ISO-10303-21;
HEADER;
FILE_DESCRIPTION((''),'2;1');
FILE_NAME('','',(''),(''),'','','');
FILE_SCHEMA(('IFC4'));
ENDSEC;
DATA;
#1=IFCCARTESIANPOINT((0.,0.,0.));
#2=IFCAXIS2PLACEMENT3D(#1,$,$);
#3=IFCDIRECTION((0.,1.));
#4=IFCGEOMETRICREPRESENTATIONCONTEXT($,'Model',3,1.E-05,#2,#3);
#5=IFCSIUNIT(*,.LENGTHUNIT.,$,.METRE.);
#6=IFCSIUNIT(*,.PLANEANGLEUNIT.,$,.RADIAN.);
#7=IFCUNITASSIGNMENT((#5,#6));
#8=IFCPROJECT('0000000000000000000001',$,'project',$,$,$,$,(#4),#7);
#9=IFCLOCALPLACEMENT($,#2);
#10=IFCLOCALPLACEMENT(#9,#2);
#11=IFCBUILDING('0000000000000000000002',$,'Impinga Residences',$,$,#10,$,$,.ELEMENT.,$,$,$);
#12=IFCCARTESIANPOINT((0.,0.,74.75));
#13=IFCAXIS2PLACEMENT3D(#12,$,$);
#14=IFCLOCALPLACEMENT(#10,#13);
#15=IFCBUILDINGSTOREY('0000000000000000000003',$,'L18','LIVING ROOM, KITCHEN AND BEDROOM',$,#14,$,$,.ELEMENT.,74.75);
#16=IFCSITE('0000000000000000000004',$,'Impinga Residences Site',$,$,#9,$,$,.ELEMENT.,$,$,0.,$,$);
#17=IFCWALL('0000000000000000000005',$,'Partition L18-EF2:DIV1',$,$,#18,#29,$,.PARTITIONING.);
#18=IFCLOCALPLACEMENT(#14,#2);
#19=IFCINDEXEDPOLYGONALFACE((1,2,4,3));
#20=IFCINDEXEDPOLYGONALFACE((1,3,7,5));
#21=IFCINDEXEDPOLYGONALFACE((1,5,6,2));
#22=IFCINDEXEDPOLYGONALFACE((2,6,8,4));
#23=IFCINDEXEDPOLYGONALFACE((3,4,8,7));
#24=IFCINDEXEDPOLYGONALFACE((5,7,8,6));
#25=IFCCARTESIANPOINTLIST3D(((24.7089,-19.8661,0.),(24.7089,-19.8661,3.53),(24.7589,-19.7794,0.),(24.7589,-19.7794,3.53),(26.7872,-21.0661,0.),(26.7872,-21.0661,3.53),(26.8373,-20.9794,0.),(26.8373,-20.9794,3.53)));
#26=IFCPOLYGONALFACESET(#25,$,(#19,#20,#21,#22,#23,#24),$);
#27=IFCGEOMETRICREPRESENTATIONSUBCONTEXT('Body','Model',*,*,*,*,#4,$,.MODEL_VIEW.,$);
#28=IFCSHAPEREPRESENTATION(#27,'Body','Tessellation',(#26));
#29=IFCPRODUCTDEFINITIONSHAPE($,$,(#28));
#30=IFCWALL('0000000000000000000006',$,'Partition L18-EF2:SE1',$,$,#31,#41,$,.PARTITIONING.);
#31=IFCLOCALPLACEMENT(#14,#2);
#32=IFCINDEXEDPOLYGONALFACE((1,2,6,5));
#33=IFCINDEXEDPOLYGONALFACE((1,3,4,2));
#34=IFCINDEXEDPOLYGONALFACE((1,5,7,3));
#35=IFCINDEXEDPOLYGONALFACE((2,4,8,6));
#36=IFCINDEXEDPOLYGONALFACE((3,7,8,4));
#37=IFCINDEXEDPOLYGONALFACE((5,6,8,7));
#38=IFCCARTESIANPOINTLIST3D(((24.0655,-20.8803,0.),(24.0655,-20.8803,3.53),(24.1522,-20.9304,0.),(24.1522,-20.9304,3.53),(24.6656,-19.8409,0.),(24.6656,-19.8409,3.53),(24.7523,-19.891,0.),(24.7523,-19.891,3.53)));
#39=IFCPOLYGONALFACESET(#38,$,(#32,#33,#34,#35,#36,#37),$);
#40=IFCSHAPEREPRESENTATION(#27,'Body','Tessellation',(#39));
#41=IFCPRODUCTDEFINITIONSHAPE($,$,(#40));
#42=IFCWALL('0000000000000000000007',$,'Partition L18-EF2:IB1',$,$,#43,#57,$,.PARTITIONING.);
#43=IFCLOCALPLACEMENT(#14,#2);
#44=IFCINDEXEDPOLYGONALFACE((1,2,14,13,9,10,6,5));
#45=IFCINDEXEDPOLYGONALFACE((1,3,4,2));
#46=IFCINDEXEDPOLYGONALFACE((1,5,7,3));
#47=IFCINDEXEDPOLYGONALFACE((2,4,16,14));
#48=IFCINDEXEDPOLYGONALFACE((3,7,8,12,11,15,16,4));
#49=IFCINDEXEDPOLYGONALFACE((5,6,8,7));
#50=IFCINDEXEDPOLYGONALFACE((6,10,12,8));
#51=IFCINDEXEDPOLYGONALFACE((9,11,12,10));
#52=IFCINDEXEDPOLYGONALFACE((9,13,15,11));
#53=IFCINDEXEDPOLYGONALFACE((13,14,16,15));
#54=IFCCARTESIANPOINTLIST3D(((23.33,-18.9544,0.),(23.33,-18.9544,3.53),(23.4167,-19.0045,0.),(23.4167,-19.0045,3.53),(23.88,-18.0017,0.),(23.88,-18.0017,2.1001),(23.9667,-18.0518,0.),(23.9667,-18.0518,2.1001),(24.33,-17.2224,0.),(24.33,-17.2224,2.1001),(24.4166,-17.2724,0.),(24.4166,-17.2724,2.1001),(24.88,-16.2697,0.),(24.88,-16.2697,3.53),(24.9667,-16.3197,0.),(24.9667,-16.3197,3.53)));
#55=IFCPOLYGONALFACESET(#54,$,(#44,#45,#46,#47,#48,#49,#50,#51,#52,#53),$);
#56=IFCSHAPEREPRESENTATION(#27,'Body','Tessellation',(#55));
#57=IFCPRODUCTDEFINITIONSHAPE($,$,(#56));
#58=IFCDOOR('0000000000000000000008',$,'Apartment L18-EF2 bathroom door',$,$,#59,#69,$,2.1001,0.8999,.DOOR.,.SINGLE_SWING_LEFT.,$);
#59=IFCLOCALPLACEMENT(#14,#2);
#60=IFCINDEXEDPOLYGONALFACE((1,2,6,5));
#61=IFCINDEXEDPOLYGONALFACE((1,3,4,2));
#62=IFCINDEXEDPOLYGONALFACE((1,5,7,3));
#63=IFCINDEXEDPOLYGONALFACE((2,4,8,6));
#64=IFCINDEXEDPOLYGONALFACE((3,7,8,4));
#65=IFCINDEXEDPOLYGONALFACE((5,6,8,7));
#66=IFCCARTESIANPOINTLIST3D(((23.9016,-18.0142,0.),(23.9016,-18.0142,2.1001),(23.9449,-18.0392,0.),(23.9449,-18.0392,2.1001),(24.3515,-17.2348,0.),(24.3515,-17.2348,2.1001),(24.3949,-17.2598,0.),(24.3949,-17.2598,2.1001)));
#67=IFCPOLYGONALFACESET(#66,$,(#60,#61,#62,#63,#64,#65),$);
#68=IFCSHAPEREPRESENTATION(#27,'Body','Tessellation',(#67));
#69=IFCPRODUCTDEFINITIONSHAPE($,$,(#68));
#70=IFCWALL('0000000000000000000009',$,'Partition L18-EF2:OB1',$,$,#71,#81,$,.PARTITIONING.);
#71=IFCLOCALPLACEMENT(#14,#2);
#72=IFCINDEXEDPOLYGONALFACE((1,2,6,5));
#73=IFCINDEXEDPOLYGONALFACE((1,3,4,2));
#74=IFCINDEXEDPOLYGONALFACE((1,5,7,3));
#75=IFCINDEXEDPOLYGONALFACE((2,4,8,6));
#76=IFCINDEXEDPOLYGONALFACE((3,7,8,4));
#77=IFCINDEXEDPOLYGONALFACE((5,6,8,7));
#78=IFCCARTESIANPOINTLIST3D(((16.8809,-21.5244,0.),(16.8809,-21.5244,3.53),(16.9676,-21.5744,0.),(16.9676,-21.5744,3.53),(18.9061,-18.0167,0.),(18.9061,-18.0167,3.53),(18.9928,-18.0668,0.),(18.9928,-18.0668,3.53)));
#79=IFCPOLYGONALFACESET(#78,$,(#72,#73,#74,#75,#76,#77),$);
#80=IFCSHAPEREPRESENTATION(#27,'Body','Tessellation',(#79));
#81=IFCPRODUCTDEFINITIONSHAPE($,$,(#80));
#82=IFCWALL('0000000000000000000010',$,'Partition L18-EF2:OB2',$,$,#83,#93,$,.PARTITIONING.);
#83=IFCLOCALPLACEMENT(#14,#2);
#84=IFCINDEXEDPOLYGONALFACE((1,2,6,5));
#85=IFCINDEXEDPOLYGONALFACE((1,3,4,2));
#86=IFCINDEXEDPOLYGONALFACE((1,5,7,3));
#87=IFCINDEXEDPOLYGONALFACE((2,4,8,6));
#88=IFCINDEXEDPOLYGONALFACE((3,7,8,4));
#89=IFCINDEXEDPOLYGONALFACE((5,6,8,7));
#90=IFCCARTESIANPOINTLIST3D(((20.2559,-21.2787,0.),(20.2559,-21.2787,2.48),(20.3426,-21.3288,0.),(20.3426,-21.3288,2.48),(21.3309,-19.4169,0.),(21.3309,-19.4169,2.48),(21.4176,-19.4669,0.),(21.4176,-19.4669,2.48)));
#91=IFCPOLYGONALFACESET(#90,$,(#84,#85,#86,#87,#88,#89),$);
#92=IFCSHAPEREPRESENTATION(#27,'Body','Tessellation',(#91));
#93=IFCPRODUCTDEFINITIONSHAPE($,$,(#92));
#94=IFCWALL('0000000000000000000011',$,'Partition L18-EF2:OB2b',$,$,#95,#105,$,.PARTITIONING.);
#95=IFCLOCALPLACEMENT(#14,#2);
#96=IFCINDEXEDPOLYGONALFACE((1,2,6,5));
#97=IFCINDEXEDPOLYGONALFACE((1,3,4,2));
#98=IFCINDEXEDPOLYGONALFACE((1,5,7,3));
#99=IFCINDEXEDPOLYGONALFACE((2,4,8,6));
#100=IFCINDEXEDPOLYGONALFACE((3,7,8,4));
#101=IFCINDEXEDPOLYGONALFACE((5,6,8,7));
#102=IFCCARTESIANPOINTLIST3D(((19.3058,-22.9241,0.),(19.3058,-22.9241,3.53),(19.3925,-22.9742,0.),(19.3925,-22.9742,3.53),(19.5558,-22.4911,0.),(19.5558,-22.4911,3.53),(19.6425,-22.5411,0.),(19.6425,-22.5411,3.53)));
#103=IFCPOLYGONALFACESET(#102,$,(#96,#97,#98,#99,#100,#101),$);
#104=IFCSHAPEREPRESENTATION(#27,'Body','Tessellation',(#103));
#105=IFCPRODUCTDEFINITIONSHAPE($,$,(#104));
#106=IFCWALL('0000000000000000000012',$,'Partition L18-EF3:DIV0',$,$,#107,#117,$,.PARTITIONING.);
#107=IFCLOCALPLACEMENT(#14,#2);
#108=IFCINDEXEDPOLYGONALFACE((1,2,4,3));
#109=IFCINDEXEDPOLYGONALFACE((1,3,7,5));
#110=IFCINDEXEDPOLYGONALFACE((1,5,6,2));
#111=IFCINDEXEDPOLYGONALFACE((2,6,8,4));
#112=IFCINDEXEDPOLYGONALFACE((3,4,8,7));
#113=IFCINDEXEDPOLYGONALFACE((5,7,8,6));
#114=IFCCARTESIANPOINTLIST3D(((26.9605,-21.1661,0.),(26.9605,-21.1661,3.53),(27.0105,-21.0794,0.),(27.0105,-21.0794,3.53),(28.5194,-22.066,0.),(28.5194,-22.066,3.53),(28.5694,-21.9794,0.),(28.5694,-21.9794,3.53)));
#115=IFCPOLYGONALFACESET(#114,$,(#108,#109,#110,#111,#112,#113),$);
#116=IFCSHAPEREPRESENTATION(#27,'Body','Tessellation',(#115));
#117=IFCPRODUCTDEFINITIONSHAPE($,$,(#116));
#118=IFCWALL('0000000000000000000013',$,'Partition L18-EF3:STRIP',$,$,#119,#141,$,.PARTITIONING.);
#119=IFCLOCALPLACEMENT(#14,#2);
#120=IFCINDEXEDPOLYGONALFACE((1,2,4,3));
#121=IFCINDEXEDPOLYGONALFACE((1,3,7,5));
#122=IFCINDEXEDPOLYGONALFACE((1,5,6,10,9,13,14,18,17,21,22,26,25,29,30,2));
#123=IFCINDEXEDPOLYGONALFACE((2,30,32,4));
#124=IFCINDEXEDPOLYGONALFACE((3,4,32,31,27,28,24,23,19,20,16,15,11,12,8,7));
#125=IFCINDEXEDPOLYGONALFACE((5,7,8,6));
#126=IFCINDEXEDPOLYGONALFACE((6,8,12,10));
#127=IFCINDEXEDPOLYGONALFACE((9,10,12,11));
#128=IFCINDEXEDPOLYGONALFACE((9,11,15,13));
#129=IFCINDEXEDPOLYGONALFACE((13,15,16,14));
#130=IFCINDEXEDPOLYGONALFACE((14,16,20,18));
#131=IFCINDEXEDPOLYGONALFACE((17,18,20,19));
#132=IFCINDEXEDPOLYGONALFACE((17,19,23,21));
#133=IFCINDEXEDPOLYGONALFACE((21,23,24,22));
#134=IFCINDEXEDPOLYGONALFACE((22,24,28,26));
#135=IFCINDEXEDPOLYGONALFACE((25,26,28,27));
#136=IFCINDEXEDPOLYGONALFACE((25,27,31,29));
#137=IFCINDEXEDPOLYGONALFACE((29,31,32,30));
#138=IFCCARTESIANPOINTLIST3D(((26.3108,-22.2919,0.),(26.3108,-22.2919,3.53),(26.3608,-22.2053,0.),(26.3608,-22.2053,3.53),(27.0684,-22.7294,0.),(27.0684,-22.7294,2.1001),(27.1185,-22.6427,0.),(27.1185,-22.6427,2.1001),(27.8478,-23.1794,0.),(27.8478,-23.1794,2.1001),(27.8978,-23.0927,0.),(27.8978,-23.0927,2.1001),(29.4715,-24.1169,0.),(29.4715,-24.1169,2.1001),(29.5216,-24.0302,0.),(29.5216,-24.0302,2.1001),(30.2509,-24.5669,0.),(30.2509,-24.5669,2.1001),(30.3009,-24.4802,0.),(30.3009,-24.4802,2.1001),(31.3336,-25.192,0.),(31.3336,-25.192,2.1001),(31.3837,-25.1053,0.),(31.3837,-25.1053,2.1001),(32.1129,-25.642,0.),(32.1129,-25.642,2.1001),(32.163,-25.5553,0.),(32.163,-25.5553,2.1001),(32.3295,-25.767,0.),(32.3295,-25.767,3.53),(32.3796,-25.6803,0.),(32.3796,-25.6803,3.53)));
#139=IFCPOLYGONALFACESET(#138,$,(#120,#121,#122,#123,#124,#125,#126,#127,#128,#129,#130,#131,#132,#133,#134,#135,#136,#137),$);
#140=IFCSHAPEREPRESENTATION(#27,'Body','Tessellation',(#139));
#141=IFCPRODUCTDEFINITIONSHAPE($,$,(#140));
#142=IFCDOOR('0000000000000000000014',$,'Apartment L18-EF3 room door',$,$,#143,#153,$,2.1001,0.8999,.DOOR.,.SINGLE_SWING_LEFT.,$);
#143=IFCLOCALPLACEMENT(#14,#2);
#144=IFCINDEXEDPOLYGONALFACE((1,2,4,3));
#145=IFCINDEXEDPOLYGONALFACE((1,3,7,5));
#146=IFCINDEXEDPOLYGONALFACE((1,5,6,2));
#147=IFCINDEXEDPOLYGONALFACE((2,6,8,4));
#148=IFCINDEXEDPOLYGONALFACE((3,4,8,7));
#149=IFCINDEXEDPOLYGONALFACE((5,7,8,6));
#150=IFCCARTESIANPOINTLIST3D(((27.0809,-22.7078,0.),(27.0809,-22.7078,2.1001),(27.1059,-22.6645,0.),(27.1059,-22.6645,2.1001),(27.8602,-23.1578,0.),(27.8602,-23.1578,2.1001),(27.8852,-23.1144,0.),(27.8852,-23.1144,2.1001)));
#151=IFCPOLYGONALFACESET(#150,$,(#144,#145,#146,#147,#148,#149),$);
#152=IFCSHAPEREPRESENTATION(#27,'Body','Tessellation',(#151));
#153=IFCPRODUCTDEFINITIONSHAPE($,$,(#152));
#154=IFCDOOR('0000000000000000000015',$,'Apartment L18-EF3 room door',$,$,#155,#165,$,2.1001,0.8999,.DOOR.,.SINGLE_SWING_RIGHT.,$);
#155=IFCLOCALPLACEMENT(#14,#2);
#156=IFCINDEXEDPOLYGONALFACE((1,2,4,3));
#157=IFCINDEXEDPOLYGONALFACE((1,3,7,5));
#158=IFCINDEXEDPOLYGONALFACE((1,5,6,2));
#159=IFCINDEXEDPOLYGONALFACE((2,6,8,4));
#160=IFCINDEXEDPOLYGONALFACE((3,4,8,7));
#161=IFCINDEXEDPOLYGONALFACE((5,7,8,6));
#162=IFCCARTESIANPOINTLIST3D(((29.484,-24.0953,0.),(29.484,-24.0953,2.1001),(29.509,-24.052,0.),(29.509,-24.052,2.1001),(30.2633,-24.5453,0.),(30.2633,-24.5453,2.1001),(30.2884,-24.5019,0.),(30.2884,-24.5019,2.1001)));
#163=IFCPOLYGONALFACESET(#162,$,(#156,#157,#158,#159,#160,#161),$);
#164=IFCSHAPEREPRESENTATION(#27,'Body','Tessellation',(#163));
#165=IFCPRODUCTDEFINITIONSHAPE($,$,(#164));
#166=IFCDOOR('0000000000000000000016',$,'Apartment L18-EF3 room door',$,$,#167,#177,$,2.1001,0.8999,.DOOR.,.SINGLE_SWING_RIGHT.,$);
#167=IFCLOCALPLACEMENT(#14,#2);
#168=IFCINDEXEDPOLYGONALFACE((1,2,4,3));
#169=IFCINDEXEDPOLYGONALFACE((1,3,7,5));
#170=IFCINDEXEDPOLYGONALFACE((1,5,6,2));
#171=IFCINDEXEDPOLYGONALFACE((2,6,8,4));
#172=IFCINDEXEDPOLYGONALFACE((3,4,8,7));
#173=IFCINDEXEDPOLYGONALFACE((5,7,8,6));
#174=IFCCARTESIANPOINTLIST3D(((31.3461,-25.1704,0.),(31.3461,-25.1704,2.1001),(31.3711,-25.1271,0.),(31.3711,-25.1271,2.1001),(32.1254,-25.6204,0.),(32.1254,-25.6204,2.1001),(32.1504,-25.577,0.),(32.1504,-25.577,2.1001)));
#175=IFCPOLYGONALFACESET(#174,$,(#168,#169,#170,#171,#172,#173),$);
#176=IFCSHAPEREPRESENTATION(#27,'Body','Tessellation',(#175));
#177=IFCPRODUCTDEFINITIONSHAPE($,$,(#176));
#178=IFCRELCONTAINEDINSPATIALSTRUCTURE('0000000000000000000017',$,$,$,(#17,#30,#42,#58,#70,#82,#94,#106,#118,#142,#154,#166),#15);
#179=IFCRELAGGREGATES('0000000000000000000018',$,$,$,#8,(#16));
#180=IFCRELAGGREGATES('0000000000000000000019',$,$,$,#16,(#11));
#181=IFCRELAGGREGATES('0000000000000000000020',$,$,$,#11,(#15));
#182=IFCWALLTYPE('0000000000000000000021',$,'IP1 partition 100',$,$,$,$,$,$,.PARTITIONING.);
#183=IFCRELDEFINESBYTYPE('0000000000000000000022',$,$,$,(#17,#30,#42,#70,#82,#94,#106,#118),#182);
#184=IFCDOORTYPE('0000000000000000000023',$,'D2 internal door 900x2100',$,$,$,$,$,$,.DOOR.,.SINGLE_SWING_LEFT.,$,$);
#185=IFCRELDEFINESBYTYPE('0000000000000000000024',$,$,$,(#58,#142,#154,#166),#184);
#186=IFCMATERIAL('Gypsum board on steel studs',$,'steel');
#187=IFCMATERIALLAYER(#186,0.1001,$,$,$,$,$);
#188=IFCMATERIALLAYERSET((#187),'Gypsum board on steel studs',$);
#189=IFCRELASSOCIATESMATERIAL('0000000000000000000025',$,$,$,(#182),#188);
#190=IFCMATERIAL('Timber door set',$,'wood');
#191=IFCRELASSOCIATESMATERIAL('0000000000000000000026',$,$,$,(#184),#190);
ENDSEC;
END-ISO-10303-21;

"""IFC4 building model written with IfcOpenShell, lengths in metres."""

from ifc_helpers import new_model, si_unit, direction, frame, frame_2d, origin, place, context, subcontext, project, spatial, rectangle, extrude, material, layer, layer_set, type_object, element, fill, save


model = new_model("IFC4")

# Units and contexts
model_context = context("Model", 3, precision=1e-05, world=origin(), true_north=direction((0.0, 1.0)))
body_context = subcontext(model_context, "Body", "Model", "MODEL_VIEW")
ifc_project = project(units=[si_unit("LENGTHUNIT", "METRE"), si_unit("PLANEANGLEUNIT", "RADIAN")], contexts=[model_context])

# Site, building, storey
site_placement = place(None, origin())
site = spatial("IfcSite", under=ifc_project, at=site_placement, Name="Impinga Residences Site", CompositionType="ELEMENT", RefElevation=0.0)
building_placement = place(site_placement, origin())
building = spatial("IfcBuilding", under=site, at=building_placement, Name="Impinga Residences", CompositionType="ELEMENT")
storey_placement = place(building_placement, frame((0.0, 0.0, 74.75)))
storey = spatial("IfcBuildingStorey", under=building, at=storey_placement, Name="L18", Description="LIVING ROOM, KITCHEN AND BEDROOM", CompositionType="ELEMENT", Elevation=74.75)

# Shared definitions
ifc_material_1 = material(Name="Gypsum board on steel studs", Category="steel")
ifc_layer_1 = layer(ifc_material_1, 0.1001)
ifc_layer_set_1 = layer_set([ifc_layer_1], Name="Gypsum board on steel studs")
wall_type_1 = type_object("IfcWallType", Name="IP1 partition 100", PredefinedType="PARTITIONING", material=ifc_layer_set_1)

# Shared definitions
ifc_material_2 = material(Name="Timber door set", Category="wood")
door_type = type_object("IfcDoorType", Name="D2 internal door 900x2100", OperationType="SINGLE_SWING_LEFT", PredefinedType="DOOR", material=ifc_material_2)

# Walls
wall_1_placement = place(storey_placement, frame((24.7339, -19.8228, 0.0), z_axis=(0.0, 0.0, 1.0), x_axis=(0.866025, -0.500001, 0.0)))
element("IfcWall", 1, at=wall_1_placement, inside=storey, type_object=wall_type_1, Name="Partition L18-EF2:DIV1", PredefinedType="PARTITIONING", context=body_context, shape_type="SweptSolid", body=[
    extrude(rectangle(XDim=2.3999, YDim=0.1001, at=frame_2d((1.2, 0.0))), origin(), (0.0, 0.0, 1.0), 3.53),
])
wall_2_placement = place(storey_placement, frame((24.709, -19.866, 0.0), z_axis=(0.0, 0.0, 1.0), x_axis=(-0.500034, -0.866006, 0.0)))
element("IfcWall", 2, at=wall_2_placement, inside=storey, type_object=wall_type_1, Name="Partition L18-EF2:SE1", PredefinedType="PARTITIONING", context=body_context, shape_type="SweptSolid", body=[
    extrude(rectangle(XDim=1.2002, YDim=0.1001, at=frame_2d((0.6001, 0.0))), origin(), (0.0, 0.0, 1.0), 3.53),
])

# Wall, opening, door
wall_3_placement = place(storey_placement, frame((24.9233, -16.2947, 0.0), z_axis=(0.0, 0.0, 1.0), x_axis=(-0.499993, -0.86603, 0.0)))
wall_3 = element("IfcWall", 3, at=wall_3_placement, inside=storey, type_object=wall_type_1, Name="Partition L18-EF2:IB1", PredefinedType="PARTITIONING", context=body_context, shape_type="SweptSolid", body=[
    extrude(rectangle(XDim=3.1001, YDim=0.1001, at=frame_2d((1.55, 0.0))), origin(), (0.0, 0.0, 1.0), 3.53),
])
opening_1_placement = place(wall_3_placement, frame((1.1001, 0.0, 0.0)))
opening_1 = element("IfcOpeningElement", 4, at=opening_1_placement, cuts=wall_3, PredefinedType="OPENING", context=body_context, shape_type="SweptSolid", body=[
    extrude(rectangle(XDim=0.8999, YDim=2.1001, at=frame_2d((0.45, 1.05))), frame((0.0, 0.0601, 0.0), z_axis=(0.0, -1.0, 0.0), x_axis=(1.0, 0.0, 0.0)), (0.0, 0.0, 1.0), 0.1201),
])
door_1_placement = place(opening_1_placement, origin())
door_1 = element("IfcDoor", 5, at=door_1_placement, inside=storey, type_object=door_type, Name="Apartment L18-EF2 bathroom door", OperationType="SINGLE_SWING_LEFT", OverallHeight=2.1001, OverallWidth=0.8999, PredefinedType="DOOR", context=body_context, shape_type="SweptSolid", body=[
    extrude(rectangle(XDim=0.8999, YDim=2.1001, at=frame_2d((0.45, 1.05))), frame((0.0, 0.0249, 0.0), z_axis=(0.0, -1.0, 0.0), x_axis=(1.0, 0.0, 0.0)), (0.0, 0.0, 1.0), 0.05),
])
fill(opening_1, door_1)

# Walls
wall_4_placement = place(storey_placement, frame((18.9495, -18.0417, 0.0), z_axis=(0.0, 0.0, 1.0), x_axis=(-0.500009, -0.86602, 0.0)))
element("IfcWall", 6, at=wall_4_placement, inside=storey, type_object=wall_type_1, Name="Partition L18-EF2:OB1", PredefinedType="PARTITIONING", context=body_context, shape_type="SweptSolid", body=[
    extrude(rectangle(XDim=4.0503, YDim=0.1001, at=frame_2d((2.0251, 0.0))), origin(), (0.0, 0.0, 1.0), 3.53),
])
wall_5_placement = place(storey_placement, frame((21.3743, -19.4419, 0.0), z_axis=(0.0, 0.0, 1.0), x_axis=(-0.500011, -0.866019, 0.0)))
element("IfcWall", 7, at=wall_5_placement, inside=storey, type_object=wall_type_1, Name="Partition L18-EF2:OB2", PredefinedType="PARTITIONING", context=body_context, shape_type="SweptSolid", body=[
    extrude(rectangle(XDim=2.1499, YDim=0.1001, at=frame_2d((1.075, 0.0))), origin(), (0.0, 0.0, 1.0), 2.48),
])
wall_6_placement = place(storey_placement, frame((19.5991, -22.5161, 0.0), z_axis=(0.0, 0.0, 1.0), x_axis=(-0.49992, -0.866072, 0.0)))
element("IfcWall", 8, at=wall_6_placement, inside=storey, type_object=wall_type_1, Name="Partition L18-EF2:OB2b", PredefinedType="PARTITIONING", context=body_context, shape_type="SweptSolid", body=[
    extrude(rectangle(XDim=0.5, YDim=0.1001, at=frame_2d((0.25, 0.0))), origin(), (0.0, 0.0, 1.0), 3.53),
])
wall_7_placement = place(storey_placement, frame((26.9856, -21.1228, 0.0), z_axis=(0.0, 0.0, 1.0), x_axis=(0.866048, -0.499961, 0.0)))
element("IfcWall", 9, at=wall_7_placement, inside=storey, type_object=wall_type_1, Name="Partition L18-EF3:DIV0", PredefinedType="PARTITIONING", context=body_context, shape_type="SweptSolid", body=[
    extrude(rectangle(XDim=1.8, YDim=0.1001, at=frame_2d((0.8999, 0.0))), origin(), (0.0, 0.0, 1.0), 3.53),
])

# Wall, openings, doors
wall_8_placement = place(storey_placement, frame((26.3357, -22.2485, 0.0), z_axis=(0.0, 0.0, 1.0), x_axis=(0.866017, -0.500015, 0.0)))
wall_8 = element("IfcWall", 10, at=wall_8_placement, inside=storey, type_object=wall_type_1, Name="Partition L18-EF3:STRIP", PredefinedType="PARTITIONING", context=body_context, shape_type="SweptSolid", body=[
    extrude(rectangle(XDim=6.95, YDim=0.1001, at=frame_2d((3.4751, 0.0))), origin(), (0.0, 0.0, 1.0), 3.53),
])
opening_2_placement = place(wall_8_placement, frame((0.875, 0.0, 0.0)))
opening_2 = element("IfcOpeningElement", 11, at=opening_2_placement, cuts=wall_8, PredefinedType="OPENING", context=body_context, shape_type="SweptSolid", body=[
    extrude(rectangle(XDim=0.8999, YDim=2.1001, at=frame_2d((0.45, 1.05))), frame((0.0, 0.0601, 0.0), z_axis=(0.0, -1.0, 0.0), x_axis=(1.0, 0.0, 0.0)), (0.0, 0.0, 1.0), 0.1201),
])
opening_3_placement = place(wall_8_placement, frame((3.6499, 0.0, 0.0)))
opening_3 = element("IfcOpeningElement", 12, at=opening_3_placement, cuts=wall_8, PredefinedType="OPENING", context=body_context, shape_type="SweptSolid", body=[
    extrude(rectangle(XDim=0.8999, YDim=2.1001, at=frame_2d((0.45, 1.05))), frame((0.0, 0.0601, 0.0), z_axis=(0.0, -1.0, 0.0), x_axis=(1.0, 0.0, 0.0)), (0.0, 0.0, 1.0), 0.1201),
])
opening_4_placement = place(wall_8_placement, frame((5.8, 0.0, 0.0)))
opening_4 = element("IfcOpeningElement", 13, at=opening_4_placement, cuts=wall_8, PredefinedType="OPENING", context=body_context, shape_type="SweptSolid", body=[
    extrude(rectangle(XDim=0.8999, YDim=2.1001, at=frame_2d((0.45, 1.05))), frame((0.0, 0.0601, 0.0), z_axis=(0.0, -1.0, 0.0), x_axis=(1.0, 0.0, 0.0)), (0.0, 0.0, 1.0), 0.1201),
])
door_2_placement = place(opening_2_placement, origin())
door_2 = element("IfcDoor", 14, at=door_2_placement, inside=storey, type_object=door_type, Name="Apartment L18-EF3 room door", OperationType="SINGLE_SWING_LEFT", OverallHeight=2.1001, OverallWidth=0.8999, PredefinedType="DOOR", context=body_context, shape_type="SweptSolid", body=[
    extrude(rectangle(XDim=0.8999, YDim=2.1001, at=frame_2d((0.45, 1.05))), frame((0.0, 0.0249, 0.0), z_axis=(0.0, -1.0, 0.0), x_axis=(1.0, 0.0, 0.0)), (0.0, 0.0, 1.0), 0.05),
])
fill(opening_2, door_2)
door_3_placement = place(opening_3_placement, origin())
door_3 = element("IfcDoor", 15, at=door_3_placement, inside=storey, type_object=door_type, Name="Apartment L18-EF3 room door", OperationType="SINGLE_SWING_RIGHT", OverallHeight=2.1001, OverallWidth=0.8999, PredefinedType="DOOR", context=body_context, shape_type="SweptSolid", body=[
    extrude(rectangle(XDim=0.8999, YDim=2.1001, at=frame_2d((0.45, 1.05))), frame((0.0, 0.0249, 0.0), z_axis=(0.0, -1.0, 0.0), x_axis=(1.0, 0.0, 0.0)), (0.0, 0.0, 1.0), 0.05),
])
fill(opening_3, door_3)
door_4_placement = place(opening_4_placement, origin())
door_4 = element("IfcDoor", 16, at=door_4_placement, inside=storey, type_object=door_type, Name="Apartment L18-EF3 room door", OperationType="SINGLE_SWING_RIGHT", OverallHeight=2.1001, OverallWidth=0.8999, PredefinedType="DOOR", context=body_context, shape_type="SweptSolid", body=[
    extrude(rectangle(XDim=0.8999, YDim=2.1001, at=frame_2d((0.45, 1.05))), frame((0.0, 0.0249, 0.0), z_axis=(0.0, -1.0, 0.0), x_axis=(1.0, 0.0, 0.0)), (0.0, 0.0, 1.0), 0.05),
])
fill(opening_4, door_4)

save(model, "model.ifc")
